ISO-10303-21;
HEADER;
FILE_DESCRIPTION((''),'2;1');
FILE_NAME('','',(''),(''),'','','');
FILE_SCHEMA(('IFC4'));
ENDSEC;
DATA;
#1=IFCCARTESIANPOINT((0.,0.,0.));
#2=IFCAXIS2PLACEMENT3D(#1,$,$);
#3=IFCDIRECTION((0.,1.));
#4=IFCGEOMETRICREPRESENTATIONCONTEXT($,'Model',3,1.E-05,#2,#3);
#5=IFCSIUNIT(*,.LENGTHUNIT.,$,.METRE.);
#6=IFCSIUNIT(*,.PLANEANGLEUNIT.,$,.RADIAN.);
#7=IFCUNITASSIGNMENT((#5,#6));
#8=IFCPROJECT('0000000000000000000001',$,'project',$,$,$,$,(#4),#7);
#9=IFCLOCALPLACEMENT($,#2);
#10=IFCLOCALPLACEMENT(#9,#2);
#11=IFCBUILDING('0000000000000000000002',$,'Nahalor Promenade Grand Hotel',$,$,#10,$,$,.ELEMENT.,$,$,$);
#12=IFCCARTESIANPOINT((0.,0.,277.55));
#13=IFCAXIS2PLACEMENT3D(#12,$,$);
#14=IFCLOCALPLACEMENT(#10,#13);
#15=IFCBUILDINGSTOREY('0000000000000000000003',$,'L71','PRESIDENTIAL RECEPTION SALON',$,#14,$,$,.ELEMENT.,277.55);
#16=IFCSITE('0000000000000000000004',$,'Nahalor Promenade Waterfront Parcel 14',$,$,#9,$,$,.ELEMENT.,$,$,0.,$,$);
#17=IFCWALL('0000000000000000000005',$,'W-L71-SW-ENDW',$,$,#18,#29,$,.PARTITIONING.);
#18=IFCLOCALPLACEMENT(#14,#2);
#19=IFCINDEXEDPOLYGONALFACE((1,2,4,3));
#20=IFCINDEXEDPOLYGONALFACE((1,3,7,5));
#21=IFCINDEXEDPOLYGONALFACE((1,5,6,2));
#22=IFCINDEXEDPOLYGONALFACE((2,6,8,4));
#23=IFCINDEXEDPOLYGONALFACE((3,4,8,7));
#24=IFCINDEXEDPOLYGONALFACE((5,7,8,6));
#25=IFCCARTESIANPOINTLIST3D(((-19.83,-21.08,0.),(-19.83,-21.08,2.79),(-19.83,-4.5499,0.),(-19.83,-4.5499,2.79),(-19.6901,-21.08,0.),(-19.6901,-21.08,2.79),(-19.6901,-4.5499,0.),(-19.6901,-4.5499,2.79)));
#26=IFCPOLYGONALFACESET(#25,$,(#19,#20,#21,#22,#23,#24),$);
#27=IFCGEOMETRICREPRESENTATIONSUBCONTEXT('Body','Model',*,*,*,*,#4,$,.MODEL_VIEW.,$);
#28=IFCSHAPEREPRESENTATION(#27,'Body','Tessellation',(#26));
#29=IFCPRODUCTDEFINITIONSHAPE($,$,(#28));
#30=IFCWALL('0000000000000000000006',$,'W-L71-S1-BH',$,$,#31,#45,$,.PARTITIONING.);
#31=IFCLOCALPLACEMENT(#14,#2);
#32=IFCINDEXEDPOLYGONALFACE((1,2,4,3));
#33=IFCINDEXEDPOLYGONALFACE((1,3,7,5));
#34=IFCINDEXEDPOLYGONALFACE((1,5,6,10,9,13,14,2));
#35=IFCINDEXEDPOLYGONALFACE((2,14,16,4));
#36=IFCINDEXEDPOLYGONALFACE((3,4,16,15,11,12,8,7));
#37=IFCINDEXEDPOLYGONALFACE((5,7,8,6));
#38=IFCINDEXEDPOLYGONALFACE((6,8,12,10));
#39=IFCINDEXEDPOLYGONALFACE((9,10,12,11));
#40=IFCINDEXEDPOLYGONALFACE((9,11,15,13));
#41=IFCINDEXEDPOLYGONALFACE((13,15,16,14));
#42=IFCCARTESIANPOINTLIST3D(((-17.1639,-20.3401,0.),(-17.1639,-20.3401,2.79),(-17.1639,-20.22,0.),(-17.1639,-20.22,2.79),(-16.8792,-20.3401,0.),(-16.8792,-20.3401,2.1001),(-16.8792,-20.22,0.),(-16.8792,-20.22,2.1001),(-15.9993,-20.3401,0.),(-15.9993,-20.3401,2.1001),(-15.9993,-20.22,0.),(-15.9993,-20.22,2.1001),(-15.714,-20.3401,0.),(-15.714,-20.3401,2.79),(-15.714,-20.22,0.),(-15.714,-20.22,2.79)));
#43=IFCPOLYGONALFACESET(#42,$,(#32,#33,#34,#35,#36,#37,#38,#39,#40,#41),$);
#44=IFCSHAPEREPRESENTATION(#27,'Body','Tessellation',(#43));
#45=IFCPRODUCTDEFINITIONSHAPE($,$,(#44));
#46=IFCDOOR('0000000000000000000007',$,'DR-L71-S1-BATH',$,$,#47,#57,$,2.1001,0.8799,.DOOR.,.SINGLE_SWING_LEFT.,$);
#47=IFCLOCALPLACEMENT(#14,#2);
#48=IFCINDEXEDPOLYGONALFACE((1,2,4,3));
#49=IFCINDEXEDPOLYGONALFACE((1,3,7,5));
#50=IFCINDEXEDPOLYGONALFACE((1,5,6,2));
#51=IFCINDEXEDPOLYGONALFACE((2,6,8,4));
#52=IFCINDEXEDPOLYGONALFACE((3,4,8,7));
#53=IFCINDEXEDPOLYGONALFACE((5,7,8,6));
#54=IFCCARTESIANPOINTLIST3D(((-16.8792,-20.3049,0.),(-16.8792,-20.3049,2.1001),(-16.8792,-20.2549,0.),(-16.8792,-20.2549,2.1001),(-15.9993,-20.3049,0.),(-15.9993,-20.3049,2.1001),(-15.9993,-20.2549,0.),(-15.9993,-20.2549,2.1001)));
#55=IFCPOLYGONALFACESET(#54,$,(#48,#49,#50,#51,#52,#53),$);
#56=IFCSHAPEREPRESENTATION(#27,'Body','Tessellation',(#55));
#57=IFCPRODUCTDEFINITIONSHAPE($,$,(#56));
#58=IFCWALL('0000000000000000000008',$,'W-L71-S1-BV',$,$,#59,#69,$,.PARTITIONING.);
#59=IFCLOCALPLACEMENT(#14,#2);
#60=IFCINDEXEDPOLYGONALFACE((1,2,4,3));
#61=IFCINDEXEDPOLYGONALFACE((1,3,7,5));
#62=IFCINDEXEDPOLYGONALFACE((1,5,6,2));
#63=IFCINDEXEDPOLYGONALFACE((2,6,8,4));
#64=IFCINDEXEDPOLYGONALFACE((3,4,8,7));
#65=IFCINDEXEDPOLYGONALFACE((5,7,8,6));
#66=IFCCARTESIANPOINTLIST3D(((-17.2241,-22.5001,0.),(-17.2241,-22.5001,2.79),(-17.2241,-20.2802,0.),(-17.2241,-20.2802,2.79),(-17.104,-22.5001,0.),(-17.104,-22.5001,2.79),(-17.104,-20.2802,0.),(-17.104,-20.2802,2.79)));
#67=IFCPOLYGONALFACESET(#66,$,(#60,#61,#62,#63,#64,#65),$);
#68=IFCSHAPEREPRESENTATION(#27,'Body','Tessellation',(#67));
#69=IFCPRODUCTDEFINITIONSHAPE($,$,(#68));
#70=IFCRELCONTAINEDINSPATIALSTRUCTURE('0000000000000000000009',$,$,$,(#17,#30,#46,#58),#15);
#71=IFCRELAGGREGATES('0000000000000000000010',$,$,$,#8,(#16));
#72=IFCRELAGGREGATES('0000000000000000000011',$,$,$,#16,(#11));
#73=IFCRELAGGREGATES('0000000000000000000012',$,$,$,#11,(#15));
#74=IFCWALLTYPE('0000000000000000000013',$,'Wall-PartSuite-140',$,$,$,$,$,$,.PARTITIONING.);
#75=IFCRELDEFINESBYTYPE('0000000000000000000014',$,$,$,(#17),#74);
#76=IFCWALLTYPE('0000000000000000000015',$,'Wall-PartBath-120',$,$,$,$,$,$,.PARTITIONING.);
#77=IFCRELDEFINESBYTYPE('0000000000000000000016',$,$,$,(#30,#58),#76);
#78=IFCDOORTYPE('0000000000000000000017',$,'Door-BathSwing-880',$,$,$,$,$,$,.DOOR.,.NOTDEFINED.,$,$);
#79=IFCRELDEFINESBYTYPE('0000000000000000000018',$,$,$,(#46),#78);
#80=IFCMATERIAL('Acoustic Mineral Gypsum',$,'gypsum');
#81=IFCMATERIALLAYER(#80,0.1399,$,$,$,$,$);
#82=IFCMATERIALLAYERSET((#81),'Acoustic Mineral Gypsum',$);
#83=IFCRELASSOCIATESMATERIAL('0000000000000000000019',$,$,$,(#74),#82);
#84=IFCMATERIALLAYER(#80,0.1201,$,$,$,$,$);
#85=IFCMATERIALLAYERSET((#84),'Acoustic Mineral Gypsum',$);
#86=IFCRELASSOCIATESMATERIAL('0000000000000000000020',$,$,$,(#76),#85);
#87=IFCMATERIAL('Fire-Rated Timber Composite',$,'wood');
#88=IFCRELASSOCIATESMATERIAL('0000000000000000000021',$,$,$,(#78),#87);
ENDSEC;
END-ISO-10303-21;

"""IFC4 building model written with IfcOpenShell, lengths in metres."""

from ifc_helpers import new_model, si_unit, direction, frame, frame_2d, origin, place, context, subcontext, project, spatial, rectangle, extrude, source, transform, mapped, material, layer, layer_set, type_object, element, fill, save


model = new_model("IFC4")

# Units and contexts
model_context = context("Model", 3, precision=1e-05, world=origin(), true_north=direction((0.0, 1.0)))
body_context = subcontext(model_context, "Body", "Model", "MODEL_VIEW")
ifc_project = project(units=[si_unit("LENGTHUNIT", "METRE"), si_unit("PLANEANGLEUNIT", "RADIAN")], contexts=[model_context])

# Site, building, storey
site_placement = place(None, origin())
site = spatial("IfcSite", under=ifc_project, at=site_placement, Name="Nahalor Promenade Waterfront Parcel 14", CompositionType="ELEMENT", RefElevation=0.0)
building_placement = place(site_placement, origin())
building = spatial("IfcBuilding", under=site, at=building_placement, Name="Nahalor Promenade Grand Hotel", CompositionType="ELEMENT")
storey_placement = place(building_placement, frame((0.0, 0.0, 277.55)))
storey = spatial("IfcBuildingStorey", under=building, at=storey_placement, Name="L71", Description="PRESIDENTIAL RECEPTION SALON", CompositionType="ELEMENT", Elevation=277.55)

# Wall
ifc_material_1 = material(Name="Acoustic Mineral Gypsum", Category="gypsum")
ifc_layer_1 = layer(ifc_material_1, 0.1399)
ifc_layer_set_1 = layer_set([ifc_layer_1], Name="Acoustic Mineral Gypsum")
wall_type_1 = type_object("IfcWallType", Name="Wall-PartSuite-140", PredefinedType="PARTITIONING", material=ifc_layer_set_1)
shared_shape_1 = source(origin(), body_context, "Body", "SweptSolid", [
    extrude(rectangle(XDim=16.53, YDim=0.1399, at=frame_2d((8.2651, 0.0))), origin(), (0.0, 0.0, 1.0), 2.79),
])
wall_1_placement = place(storey_placement, frame((-19.76, -21.0801, 0.0), z_axis=(0.0, 0.0, 1.0), x_axis=(0.0, 1.0, 0.0)))
element("IfcWall", 1, at=wall_1_placement, inside=storey, type_object=wall_type_1, Name="W-L71-SW-ENDW", PredefinedType="PARTITIONING", context=body_context, shape_type="MappedRepresentation", body=[
    mapped(shared_shape_1, transform((0.0, 0.0, 0.0), scale=1.0)),
])

# Wall, opening, door
ifc_layer_2 = layer(ifc_material_1, 0.1201)
ifc_layer_set_2 = layer_set([ifc_layer_2], Name="Acoustic Mineral Gypsum")
wall_type_2 = type_object("IfcWallType", Name="Wall-PartBath-120", PredefinedType="PARTITIONING", material=ifc_layer_set_2)
shared_shape_2 = source(origin(), body_context, "Body", "SweptSolid", [
    extrude(rectangle(XDim=1.45, YDim=0.1201, at=frame_2d((0.7251, 0.0))), origin(), (0.0, 0.0, 1.0), 2.79),
])
wall_2_placement = place(storey_placement, frame((-17.1641, -20.28, 0.0), z_axis=(0.0, 0.0, 1.0), x_axis=(1.0, 0.0, 0.0)))
wall_2 = element("IfcWall", 2, at=wall_2_placement, inside=storey, type_object=wall_type_2, Name="W-L71-S1-BH", PredefinedType="PARTITIONING", context=body_context, shape_type="MappedRepresentation", body=[
    mapped(shared_shape_2, transform((0.0, 0.0, 0.0), scale=1.0)),
])
opening_placement = place(wall_2_placement, frame((0.2849, 0.0, 0.0)))
opening = element("IfcOpeningElement", 3, at=opening_placement, cuts=wall_2, PredefinedType="OPENING", context=body_context, shape_type="SweptSolid", body=[
    extrude(rectangle(XDim=0.8799, YDim=2.1001, at=frame_2d((0.4399, 1.05))), frame((0.0, 0.0701, 0.0), z_axis=(0.0, -1.0, 0.0), x_axis=(1.0, 0.0, 0.0)), (0.0, 0.0, 1.0), 0.1401),
])
ifc_material_2 = material(Name="Fire-Rated Timber Composite", Category="wood")
door_type = type_object("IfcDoorType", Name="Door-BathSwing-880", OperationType="NOTDEFINED", PredefinedType="DOOR", material=ifc_material_2)
shared_shape_3 = source(origin(), body_context, "Body", "SweptSolid", [
    extrude(rectangle(XDim=0.8799, YDim=2.1001, at=frame_2d((0.4399, 1.05))), frame((0.0, 0.0249, 0.0), z_axis=(0.0, -1.0, 0.0), x_axis=(1.0, 0.0, 0.0)), (0.0, 0.0, 1.0), 0.05),
])
door_placement = place(opening_placement, frame((0.8799, 0.0, 0.0), z_axis=(0.0, 0.0, 1.0), x_axis=(-1.0, 0.0, 0.0)))
door = element("IfcDoor", 4, at=door_placement, inside=storey, type_object=door_type, Name="DR-L71-S1-BATH", OperationType="SINGLE_SWING_LEFT", OverallHeight=2.1001, OverallWidth=0.8799, PredefinedType="DOOR", context=body_context, shape_type="MappedRepresentation", body=[
    mapped(shared_shape_3, transform((0.0, 0.0, 0.0), scale=1.0)),
])
fill(opening, door)

# Wall
shared_shape_4 = source(origin(), body_context, "Body", "SweptSolid", [
    extrude(rectangle(XDim=2.22, YDim=0.1201, at=frame_2d((1.1099, 0.0))), origin(), (0.0, 0.0, 1.0), 2.79),
])
wall_3_placement = place(storey_placement, frame((-17.1641, -22.5, 0.0), z_axis=(0.0, 0.0, 1.0), x_axis=(0.0, 1.0, 0.0)))
element("IfcWall", 5, at=wall_3_placement, inside=storey, type_object=wall_type_2, Name="W-L71-S1-BV", PredefinedType="PARTITIONING", context=body_context, shape_type="MappedRepresentation", body=[
    mapped(shared_shape_4, transform((0.0, 0.0, 0.0), scale=1.0)),
])

save(model, "model.ifc")
